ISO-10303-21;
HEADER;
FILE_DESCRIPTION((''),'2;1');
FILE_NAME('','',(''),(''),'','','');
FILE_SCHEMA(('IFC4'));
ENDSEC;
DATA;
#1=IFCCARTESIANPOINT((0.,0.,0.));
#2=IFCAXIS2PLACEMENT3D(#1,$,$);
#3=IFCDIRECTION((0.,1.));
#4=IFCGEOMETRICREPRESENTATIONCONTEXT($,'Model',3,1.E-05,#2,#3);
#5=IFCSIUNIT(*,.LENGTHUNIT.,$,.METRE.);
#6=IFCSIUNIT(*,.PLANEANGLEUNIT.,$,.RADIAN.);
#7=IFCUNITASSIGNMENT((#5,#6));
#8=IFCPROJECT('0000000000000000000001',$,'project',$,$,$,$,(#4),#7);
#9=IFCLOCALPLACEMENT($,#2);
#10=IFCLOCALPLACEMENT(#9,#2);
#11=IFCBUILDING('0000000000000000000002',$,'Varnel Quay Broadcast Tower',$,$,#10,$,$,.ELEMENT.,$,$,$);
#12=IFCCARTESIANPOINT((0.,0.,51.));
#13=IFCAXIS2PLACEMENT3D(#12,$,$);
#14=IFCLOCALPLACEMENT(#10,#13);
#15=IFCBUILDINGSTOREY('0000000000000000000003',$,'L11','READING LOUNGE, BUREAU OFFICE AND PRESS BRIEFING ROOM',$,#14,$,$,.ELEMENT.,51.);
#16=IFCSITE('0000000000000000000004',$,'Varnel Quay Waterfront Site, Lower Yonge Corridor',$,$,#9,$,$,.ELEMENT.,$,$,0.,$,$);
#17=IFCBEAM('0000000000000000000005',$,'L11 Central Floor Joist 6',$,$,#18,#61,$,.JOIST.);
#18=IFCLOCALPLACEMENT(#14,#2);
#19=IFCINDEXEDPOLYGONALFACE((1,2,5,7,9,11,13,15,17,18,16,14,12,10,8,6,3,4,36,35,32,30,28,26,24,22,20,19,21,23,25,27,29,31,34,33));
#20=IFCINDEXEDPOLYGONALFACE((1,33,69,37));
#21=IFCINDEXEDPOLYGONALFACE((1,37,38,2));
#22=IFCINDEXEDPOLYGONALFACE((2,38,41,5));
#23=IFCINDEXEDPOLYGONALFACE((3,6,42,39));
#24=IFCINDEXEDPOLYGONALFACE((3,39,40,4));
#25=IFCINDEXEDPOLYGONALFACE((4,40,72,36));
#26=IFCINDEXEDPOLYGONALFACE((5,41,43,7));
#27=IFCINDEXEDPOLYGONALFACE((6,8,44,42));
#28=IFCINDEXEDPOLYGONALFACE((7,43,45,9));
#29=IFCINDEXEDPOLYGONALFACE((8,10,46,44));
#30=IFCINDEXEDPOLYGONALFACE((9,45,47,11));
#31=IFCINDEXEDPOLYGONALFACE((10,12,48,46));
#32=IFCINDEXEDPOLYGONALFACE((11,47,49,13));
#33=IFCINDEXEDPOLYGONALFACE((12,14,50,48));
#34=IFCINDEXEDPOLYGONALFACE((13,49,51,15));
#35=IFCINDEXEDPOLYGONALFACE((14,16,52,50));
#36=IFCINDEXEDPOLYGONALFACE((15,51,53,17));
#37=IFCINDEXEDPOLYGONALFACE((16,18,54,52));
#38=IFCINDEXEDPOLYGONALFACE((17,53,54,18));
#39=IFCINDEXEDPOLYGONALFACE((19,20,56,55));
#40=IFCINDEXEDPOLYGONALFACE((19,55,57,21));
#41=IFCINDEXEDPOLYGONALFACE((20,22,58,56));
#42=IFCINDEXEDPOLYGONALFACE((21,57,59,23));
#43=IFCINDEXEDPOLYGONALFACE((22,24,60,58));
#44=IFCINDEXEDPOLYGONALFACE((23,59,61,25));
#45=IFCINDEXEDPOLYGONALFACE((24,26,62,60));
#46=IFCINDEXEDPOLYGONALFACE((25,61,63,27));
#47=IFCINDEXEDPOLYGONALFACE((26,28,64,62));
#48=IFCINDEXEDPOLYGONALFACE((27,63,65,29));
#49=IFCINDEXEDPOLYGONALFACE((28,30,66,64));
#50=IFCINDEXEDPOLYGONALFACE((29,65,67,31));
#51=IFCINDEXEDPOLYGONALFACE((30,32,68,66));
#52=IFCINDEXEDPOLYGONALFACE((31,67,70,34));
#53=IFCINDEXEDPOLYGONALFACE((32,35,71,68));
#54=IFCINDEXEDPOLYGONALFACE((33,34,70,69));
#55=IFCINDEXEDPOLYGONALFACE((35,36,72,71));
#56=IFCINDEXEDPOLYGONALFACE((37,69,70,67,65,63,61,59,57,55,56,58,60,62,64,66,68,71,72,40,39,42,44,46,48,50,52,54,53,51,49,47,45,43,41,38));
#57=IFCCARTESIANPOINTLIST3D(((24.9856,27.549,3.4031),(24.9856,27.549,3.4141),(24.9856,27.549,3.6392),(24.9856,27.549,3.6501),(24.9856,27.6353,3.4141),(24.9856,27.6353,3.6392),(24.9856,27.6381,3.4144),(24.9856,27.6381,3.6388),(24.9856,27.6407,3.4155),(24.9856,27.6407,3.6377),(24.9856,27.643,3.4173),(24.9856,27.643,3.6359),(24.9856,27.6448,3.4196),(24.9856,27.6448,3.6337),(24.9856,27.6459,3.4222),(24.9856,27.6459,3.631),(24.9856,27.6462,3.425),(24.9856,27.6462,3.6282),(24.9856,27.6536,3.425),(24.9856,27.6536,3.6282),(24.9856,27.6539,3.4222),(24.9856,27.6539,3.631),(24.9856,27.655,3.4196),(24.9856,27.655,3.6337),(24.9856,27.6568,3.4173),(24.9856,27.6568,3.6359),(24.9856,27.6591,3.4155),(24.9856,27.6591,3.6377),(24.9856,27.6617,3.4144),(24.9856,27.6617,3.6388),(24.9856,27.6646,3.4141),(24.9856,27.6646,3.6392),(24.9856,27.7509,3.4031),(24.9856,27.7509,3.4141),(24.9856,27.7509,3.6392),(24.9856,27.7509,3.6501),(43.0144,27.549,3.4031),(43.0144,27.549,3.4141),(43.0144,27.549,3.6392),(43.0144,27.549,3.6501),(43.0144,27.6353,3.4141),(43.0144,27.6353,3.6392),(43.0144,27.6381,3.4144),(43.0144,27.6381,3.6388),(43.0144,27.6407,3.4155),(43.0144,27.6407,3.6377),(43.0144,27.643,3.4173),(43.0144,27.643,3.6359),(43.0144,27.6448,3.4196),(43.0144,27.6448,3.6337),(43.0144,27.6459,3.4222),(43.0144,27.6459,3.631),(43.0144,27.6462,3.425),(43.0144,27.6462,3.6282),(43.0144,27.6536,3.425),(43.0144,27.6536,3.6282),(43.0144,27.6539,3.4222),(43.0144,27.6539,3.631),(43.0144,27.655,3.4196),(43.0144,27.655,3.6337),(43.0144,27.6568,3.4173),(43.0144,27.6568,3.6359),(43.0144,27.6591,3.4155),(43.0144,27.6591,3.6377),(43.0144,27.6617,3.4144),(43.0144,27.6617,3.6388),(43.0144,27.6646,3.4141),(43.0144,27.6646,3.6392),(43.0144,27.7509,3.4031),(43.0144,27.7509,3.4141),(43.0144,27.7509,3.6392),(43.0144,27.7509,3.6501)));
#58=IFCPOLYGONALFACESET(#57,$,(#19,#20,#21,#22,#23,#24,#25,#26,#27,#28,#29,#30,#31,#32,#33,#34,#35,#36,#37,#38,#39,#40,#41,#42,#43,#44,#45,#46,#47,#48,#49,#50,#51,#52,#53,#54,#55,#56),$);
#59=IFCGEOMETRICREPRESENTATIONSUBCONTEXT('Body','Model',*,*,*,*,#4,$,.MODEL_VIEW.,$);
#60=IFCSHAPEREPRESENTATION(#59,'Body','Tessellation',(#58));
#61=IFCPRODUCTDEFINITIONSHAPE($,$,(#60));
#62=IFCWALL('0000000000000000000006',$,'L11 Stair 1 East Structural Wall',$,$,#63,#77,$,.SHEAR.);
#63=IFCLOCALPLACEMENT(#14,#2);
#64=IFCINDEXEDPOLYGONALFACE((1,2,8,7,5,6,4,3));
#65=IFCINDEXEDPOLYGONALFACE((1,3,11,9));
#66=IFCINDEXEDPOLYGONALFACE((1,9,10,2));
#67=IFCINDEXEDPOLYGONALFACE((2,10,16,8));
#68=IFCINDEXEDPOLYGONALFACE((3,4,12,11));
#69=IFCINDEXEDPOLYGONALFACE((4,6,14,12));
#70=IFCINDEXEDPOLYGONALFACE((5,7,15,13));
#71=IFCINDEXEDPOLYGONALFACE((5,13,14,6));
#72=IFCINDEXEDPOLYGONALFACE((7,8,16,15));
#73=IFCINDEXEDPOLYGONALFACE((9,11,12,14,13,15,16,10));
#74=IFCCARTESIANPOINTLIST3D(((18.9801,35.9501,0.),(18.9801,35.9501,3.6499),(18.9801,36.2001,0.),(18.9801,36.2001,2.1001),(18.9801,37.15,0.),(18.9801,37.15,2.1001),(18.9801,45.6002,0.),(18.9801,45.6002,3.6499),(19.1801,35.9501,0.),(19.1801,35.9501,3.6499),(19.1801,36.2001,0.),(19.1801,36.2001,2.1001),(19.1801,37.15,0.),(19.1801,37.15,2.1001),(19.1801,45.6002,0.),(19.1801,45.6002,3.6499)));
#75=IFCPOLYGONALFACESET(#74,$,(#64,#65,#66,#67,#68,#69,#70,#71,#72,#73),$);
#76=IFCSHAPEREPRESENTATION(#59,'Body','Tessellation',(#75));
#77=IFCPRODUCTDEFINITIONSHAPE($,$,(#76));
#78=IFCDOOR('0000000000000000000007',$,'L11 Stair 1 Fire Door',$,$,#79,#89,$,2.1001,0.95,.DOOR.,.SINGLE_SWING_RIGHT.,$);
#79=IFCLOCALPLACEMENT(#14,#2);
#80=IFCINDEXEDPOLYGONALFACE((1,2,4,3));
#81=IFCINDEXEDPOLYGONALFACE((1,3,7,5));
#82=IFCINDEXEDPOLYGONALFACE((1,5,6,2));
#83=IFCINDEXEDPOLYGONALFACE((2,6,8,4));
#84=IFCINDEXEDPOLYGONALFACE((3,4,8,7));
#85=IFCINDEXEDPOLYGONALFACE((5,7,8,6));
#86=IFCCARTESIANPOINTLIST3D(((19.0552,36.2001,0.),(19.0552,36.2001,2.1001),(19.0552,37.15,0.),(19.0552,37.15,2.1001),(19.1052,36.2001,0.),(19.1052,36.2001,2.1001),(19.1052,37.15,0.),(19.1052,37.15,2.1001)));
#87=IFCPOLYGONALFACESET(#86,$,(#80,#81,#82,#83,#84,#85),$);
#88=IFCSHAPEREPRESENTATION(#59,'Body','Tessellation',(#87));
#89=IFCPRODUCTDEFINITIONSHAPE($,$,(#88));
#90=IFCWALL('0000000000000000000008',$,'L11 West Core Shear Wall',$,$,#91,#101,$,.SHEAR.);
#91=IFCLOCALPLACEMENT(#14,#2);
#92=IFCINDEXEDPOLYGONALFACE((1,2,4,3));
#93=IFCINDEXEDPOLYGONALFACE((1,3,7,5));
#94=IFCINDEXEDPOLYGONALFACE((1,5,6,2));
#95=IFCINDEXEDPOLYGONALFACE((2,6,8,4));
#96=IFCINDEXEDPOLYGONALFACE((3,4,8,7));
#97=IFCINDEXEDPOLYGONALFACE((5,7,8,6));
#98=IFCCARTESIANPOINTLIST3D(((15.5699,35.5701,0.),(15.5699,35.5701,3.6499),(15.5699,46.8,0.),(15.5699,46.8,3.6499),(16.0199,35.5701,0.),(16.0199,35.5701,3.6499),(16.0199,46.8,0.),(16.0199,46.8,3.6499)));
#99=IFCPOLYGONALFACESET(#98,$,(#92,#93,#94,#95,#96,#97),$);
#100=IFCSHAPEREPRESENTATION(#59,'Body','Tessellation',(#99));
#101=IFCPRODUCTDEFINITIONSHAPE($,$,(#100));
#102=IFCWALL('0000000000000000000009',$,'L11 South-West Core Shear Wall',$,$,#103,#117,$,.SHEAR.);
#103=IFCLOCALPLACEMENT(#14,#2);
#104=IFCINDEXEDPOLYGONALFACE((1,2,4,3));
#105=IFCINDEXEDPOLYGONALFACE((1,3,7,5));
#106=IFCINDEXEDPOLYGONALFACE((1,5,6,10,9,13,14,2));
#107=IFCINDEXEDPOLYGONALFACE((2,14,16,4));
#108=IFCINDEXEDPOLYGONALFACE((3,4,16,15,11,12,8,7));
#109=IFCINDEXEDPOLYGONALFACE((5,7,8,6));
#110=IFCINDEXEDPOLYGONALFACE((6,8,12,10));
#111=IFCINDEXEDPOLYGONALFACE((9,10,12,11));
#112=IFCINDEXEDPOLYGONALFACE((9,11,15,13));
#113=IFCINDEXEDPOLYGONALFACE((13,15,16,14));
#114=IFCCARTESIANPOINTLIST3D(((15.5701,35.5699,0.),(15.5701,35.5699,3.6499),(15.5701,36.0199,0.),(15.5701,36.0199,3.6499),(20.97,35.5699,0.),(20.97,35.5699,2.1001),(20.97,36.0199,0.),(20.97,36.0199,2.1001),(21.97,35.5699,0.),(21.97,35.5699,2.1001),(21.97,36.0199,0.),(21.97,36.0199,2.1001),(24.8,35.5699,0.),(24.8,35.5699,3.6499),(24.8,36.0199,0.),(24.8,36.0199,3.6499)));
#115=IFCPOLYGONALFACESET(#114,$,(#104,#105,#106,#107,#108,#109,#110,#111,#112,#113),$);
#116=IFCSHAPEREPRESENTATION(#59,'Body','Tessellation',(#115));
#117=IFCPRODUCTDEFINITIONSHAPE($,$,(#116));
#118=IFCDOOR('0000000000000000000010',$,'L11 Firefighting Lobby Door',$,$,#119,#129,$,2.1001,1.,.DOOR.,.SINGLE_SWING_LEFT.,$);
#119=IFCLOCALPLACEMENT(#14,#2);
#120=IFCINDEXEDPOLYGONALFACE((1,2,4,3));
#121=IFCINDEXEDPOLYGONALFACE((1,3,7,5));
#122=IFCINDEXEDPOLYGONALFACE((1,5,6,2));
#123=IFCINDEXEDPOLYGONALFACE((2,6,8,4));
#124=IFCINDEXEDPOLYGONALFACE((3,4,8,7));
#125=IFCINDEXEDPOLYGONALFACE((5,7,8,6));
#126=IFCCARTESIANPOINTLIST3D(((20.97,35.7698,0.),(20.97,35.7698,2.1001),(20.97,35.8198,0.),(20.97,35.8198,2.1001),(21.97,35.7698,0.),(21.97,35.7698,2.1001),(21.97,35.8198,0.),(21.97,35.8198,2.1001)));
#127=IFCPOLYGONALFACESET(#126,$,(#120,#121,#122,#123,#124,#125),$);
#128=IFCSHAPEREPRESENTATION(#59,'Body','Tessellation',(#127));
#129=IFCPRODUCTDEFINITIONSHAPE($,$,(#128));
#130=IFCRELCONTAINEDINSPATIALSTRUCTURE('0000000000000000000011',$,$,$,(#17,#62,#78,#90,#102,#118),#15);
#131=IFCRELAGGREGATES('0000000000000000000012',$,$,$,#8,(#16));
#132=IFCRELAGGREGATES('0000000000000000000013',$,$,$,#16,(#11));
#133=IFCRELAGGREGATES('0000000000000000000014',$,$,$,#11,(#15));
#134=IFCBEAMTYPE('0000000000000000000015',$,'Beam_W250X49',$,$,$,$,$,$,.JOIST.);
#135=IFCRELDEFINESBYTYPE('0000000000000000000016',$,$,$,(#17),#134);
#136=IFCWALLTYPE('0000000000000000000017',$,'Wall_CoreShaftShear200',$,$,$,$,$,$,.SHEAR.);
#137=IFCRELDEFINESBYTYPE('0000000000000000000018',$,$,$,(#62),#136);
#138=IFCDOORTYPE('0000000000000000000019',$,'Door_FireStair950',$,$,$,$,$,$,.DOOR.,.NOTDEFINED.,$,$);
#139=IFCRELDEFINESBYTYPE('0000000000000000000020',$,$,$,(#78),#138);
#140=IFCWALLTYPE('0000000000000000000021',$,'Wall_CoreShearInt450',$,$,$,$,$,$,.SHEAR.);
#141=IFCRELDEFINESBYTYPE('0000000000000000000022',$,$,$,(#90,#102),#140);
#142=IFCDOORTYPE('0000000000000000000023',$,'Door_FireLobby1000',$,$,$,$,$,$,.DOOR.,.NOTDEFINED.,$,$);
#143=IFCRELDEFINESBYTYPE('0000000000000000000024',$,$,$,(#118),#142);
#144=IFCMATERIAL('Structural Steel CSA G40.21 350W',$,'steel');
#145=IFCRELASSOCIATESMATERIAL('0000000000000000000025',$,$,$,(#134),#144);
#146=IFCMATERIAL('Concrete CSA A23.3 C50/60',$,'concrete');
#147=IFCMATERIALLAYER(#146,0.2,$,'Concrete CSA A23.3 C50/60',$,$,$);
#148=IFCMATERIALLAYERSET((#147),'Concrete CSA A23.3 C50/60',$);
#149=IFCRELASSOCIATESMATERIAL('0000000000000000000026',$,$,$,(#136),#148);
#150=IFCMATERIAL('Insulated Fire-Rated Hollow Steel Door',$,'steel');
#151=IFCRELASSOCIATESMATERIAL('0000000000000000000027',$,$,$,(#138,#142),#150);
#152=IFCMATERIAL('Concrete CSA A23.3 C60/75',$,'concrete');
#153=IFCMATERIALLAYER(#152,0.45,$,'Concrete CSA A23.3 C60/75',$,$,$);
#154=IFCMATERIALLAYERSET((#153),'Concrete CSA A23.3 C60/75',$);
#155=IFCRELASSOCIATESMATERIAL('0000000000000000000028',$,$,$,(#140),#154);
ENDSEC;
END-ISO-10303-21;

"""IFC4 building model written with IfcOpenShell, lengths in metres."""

from ifc_helpers import new_model, si_unit, direction, frame, frame_2d, origin, origin_2d, place, context, subcontext, project, spatial, rectangle, i_section, extrude, source, transform, mapped, material, layer, layer_set, material_profile, profile_set, type_object, type_shapes, element, fill, save


model = new_model("IFC4")

# Units and contexts
model_context = context("Model", 3, precision=1e-05, world=origin(), true_north=direction((0.0, 1.0)))
body_context = subcontext(model_context, "Body", "Model", "MODEL_VIEW")
ifc_project = project(units=[si_unit("LENGTHUNIT", "METRE"), si_unit("PLANEANGLEUNIT", "RADIAN")], contexts=[model_context])

# Site, building, storey
site_placement = place(None, origin())
site = spatial("IfcSite", under=ifc_project, at=site_placement, Name="Varnel Quay Waterfront Site, Lower Yonge Corridor", CompositionType="ELEMENT", RefElevation=0.0)
building_placement = place(site_placement, origin())
building = spatial("IfcBuilding", under=site, at=building_placement, Name="Varnel Quay Broadcast Tower", CompositionType="ELEMENT")
storey_placement = place(building_placement, frame((0.0, 0.0, 51.0)))
storey = spatial("IfcBuildingStorey", under=building, at=storey_placement, Name="L11", Description="READING LOUNGE, BUREAU OFFICE AND PRESS BRIEFING ROOM", CompositionType="ELEMENT", Elevation=51.0)

# Shared definitions
ifc_material_1 = material(Name="Concrete CSA A23.3 C60/75", Category="concrete")

# Beam
ifc_material_2 = material(Name="Structural Steel CSA G40.21 350W", Category="steel")
ifc_material_profile_1 = material_profile(ifc_material_2, i_section(OverallWidth=0.2019, OverallDepth=0.2471, WebThickness=0.0073, FlangeThickness=0.011, FilletRadius=0.011, at=origin_2d()), Name="W250X49")
ifc_profile_set_1 = profile_set([ifc_material_profile_1], Name="Structural Steel CSA G40.21 350W")
beam_type_1 = type_object("IfcBeamType", Name="Beam_W250X49", PredefinedType="JOIST", material=ifc_profile_set_1)
shared_shape_1 = source(origin(), body_context, "Body", "SweptSolid", [
    extrude(i_section(OverallWidth=0.2019, OverallDepth=0.2471, WebThickness=0.0073, FlangeThickness=0.011, FilletRadius=0.011, at=origin_2d()), origin(), (0.0, 0.0, 1.0), 18.0288),
])
beam_1_placement = place(storey_placement, frame((24.9856, 27.6499, 3.5266), z_axis=(1.0, 0.0, 0.0), x_axis=(0.0, 1.0, 0.0)))
element("IfcBeam", 1, at=beam_1_placement, inside=storey, type_object=beam_type_1, Name="L11 Central Floor Joist 6", PredefinedType="JOIST", context=body_context, shape_type="MappedRepresentation", body=[
    mapped(shared_shape_1, transform((0.0, 0.0, 0.0), x_axis=(1.0, 0.0, 0.0), y_axis=(0.0, 1.0, 0.0), z_axis=(0.0, 0.0, 1.0), scale=1.0)),
])

# Wall, opening, door
ifc_material_3 = material(Name="Concrete CSA A23.3 C50/60", Category="concrete")
ifc_layer_1 = layer(ifc_material_3, 0.2, Name="Concrete CSA A23.3 C50/60")
ifc_layer_set_1 = layer_set([ifc_layer_1], Name="Concrete CSA A23.3 C50/60")
wall_type_1 = type_object("IfcWallType", Name="Wall_CoreShaftShear200", PredefinedType="SHEAR", material=ifc_layer_set_1)
wall_1_placement = place(storey_placement, frame((19.0801, 35.95, 0.0), z_axis=(0.0, 0.0, 1.0), x_axis=(0.0, 1.0, 0.0)))
wall_1 = element("IfcWall", 2, at=wall_1_placement, inside=storey, type_object=wall_type_1, Name="L11 Stair 1 East Structural Wall", PredefinedType="SHEAR", context=body_context, shape_type="SweptSolid", body=[
    extrude(rectangle(XDim=9.6501, YDim=0.2, at=frame_2d((4.8252, 0.0))), origin(), (0.0, 0.0, 1.0), 3.6499),
])
opening_1_placement = place(wall_1_placement, frame((0.25, 0.0, 0.0)))
opening_1 = element("IfcOpeningElement", 3, at=opening_1_placement, cuts=wall_1, PredefinedType="OPENING", context=body_context, shape_type="SweptSolid", body=[
    extrude(rectangle(XDim=0.95, YDim=2.1001, at=frame_2d((0.4751, 1.05))), frame((0.0, 0.1099, 0.0), z_axis=(0.0, -1.0, 0.0), x_axis=(1.0, 0.0, 0.0)), (0.0, 0.0, 1.0), 0.22),
])
ifc_material_4 = material(Name="Insulated Fire-Rated Hollow Steel Door", Category="steel")
door_type_1 = type_object("IfcDoorType", Name="Door_FireStair950", OperationType="NOTDEFINED", PredefinedType="DOOR", material=ifc_material_4)
shared_shape_2 = source(origin(), body_context, "Body", "SweptSolid", [
    extrude(rectangle(XDim=0.95, YDim=2.1001, at=frame_2d((0.4751, 1.05))), frame((0.0, 0.0249, 0.0), z_axis=(0.0, -1.0, 0.0), x_axis=(1.0, 0.0, 0.0)), (0.0, 0.0, 1.0), 0.05),
])
type_shapes(door_type_1, [shared_shape_2])
door_1_placement = place(opening_1_placement, origin())
door_1 = element("IfcDoor", 4, at=door_1_placement, inside=storey, type_object=door_type_1, Name="L11 Stair 1 Fire Door", OperationType="SINGLE_SWING_RIGHT", OverallHeight=2.1001, OverallWidth=0.95, PredefinedType="DOOR", context=body_context, shape_type="MappedRepresentation", body=[
    mapped(shared_shape_2, transform((0.0, 0.0, 0.0), x_axis=(1.0, 0.0, 0.0), y_axis=(0.0, 1.0, 0.0), z_axis=(0.0, 0.0, 1.0), scale=1.0)),
])
fill(opening_1, door_1)

# Wall
ifc_layer_2 = layer(ifc_material_1, 0.45, Name="Concrete CSA A23.3 C60/75")
ifc_layer_set_2 = layer_set([ifc_layer_2], Name="Concrete CSA A23.3 C60/75")
wall_type_2 = type_object("IfcWallType", Name="Wall_CoreShearInt450", PredefinedType="SHEAR", material=ifc_layer_set_2)
wall_2_placement = place(storey_placement, frame((15.7949, 35.5701, 0.0), z_axis=(0.0, 0.0, 1.0), x_axis=(0.0, 1.0, 0.0)))
element("IfcWall", 5, at=wall_2_placement, inside=storey, type_object=wall_type_2, Name="L11 West Core Shear Wall", PredefinedType="SHEAR", context=body_context, shape_type="SweptSolid", body=[
    extrude(rectangle(XDim=11.23, YDim=0.45, at=frame_2d((5.615, 0.0))), origin(), (0.0, 0.0, 1.0), 3.6499),
])

# Wall, opening, door
wall_3_placement = place(storey_placement, frame((15.5701, 35.7949, 0.0), z_axis=(0.0, 0.0, 1.0), x_axis=(1.0, 0.0, 0.0)))
wall_3 = element("IfcWall", 6, at=wall_3_placement, inside=storey, type_object=wall_type_2, Name="L11 South-West Core Shear Wall", PredefinedType="SHEAR", context=body_context, shape_type="SweptSolid", body=[
    extrude(rectangle(XDim=9.23, YDim=0.45, at=frame_2d((4.615, 0.0))), origin(), (0.0, 0.0, 1.0), 3.6499),
])
opening_2_placement = place(wall_3_placement, frame((5.3999, 0.0, 0.0)))
opening_2 = element("IfcOpeningElement", 7, at=opening_2_placement, cuts=wall_3, PredefinedType="OPENING", context=body_context, shape_type="SweptSolid", body=[
    extrude(rectangle(XDim=1.0, YDim=2.1001, at=frame_2d((0.5, 1.05))), frame((0.0, 0.2349, 0.0), z_axis=(0.0, -1.0, 0.0), x_axis=(1.0, 0.0, 0.0)), (0.0, 0.0, 1.0), 0.47),
])
door_type_2 = type_object("IfcDoorType", Name="Door_FireLobby1000", OperationType="NOTDEFINED", PredefinedType="DOOR", material=ifc_material_4)
shared_shape_3 = source(origin(), body_context, "Body", "SweptSolid", [
    extrude(rectangle(XDim=1.0, YDim=2.1001, at=frame_2d((0.5, 1.05))), frame((0.0, 0.0249, 0.0), z_axis=(0.0, -1.0, 0.0), x_axis=(1.0, 0.0, 0.0)), (0.0, 0.0, 1.0), 0.05),
])
type_shapes(door_type_2, [shared_shape_3])
door_2_placement = place(opening_2_placement, origin())
door_2 = element("IfcDoor", 8, at=door_2_placement, inside=storey, type_object=door_type_2, Name="L11 Firefighting Lobby Door", OperationType="SINGLE_SWING_LEFT", OverallHeight=2.1001, OverallWidth=1.0, PredefinedType="DOOR", context=body_context, shape_type="MappedRepresentation", body=[
    mapped(shared_shape_3, transform((0.0, 0.0, 0.0), x_axis=(1.0, 0.0, 0.0), y_axis=(0.0, 1.0, 0.0), z_axis=(0.0, 0.0, 1.0), scale=1.0)),
])
fill(opening_2, door_2)

save(model, "model.ifc")
